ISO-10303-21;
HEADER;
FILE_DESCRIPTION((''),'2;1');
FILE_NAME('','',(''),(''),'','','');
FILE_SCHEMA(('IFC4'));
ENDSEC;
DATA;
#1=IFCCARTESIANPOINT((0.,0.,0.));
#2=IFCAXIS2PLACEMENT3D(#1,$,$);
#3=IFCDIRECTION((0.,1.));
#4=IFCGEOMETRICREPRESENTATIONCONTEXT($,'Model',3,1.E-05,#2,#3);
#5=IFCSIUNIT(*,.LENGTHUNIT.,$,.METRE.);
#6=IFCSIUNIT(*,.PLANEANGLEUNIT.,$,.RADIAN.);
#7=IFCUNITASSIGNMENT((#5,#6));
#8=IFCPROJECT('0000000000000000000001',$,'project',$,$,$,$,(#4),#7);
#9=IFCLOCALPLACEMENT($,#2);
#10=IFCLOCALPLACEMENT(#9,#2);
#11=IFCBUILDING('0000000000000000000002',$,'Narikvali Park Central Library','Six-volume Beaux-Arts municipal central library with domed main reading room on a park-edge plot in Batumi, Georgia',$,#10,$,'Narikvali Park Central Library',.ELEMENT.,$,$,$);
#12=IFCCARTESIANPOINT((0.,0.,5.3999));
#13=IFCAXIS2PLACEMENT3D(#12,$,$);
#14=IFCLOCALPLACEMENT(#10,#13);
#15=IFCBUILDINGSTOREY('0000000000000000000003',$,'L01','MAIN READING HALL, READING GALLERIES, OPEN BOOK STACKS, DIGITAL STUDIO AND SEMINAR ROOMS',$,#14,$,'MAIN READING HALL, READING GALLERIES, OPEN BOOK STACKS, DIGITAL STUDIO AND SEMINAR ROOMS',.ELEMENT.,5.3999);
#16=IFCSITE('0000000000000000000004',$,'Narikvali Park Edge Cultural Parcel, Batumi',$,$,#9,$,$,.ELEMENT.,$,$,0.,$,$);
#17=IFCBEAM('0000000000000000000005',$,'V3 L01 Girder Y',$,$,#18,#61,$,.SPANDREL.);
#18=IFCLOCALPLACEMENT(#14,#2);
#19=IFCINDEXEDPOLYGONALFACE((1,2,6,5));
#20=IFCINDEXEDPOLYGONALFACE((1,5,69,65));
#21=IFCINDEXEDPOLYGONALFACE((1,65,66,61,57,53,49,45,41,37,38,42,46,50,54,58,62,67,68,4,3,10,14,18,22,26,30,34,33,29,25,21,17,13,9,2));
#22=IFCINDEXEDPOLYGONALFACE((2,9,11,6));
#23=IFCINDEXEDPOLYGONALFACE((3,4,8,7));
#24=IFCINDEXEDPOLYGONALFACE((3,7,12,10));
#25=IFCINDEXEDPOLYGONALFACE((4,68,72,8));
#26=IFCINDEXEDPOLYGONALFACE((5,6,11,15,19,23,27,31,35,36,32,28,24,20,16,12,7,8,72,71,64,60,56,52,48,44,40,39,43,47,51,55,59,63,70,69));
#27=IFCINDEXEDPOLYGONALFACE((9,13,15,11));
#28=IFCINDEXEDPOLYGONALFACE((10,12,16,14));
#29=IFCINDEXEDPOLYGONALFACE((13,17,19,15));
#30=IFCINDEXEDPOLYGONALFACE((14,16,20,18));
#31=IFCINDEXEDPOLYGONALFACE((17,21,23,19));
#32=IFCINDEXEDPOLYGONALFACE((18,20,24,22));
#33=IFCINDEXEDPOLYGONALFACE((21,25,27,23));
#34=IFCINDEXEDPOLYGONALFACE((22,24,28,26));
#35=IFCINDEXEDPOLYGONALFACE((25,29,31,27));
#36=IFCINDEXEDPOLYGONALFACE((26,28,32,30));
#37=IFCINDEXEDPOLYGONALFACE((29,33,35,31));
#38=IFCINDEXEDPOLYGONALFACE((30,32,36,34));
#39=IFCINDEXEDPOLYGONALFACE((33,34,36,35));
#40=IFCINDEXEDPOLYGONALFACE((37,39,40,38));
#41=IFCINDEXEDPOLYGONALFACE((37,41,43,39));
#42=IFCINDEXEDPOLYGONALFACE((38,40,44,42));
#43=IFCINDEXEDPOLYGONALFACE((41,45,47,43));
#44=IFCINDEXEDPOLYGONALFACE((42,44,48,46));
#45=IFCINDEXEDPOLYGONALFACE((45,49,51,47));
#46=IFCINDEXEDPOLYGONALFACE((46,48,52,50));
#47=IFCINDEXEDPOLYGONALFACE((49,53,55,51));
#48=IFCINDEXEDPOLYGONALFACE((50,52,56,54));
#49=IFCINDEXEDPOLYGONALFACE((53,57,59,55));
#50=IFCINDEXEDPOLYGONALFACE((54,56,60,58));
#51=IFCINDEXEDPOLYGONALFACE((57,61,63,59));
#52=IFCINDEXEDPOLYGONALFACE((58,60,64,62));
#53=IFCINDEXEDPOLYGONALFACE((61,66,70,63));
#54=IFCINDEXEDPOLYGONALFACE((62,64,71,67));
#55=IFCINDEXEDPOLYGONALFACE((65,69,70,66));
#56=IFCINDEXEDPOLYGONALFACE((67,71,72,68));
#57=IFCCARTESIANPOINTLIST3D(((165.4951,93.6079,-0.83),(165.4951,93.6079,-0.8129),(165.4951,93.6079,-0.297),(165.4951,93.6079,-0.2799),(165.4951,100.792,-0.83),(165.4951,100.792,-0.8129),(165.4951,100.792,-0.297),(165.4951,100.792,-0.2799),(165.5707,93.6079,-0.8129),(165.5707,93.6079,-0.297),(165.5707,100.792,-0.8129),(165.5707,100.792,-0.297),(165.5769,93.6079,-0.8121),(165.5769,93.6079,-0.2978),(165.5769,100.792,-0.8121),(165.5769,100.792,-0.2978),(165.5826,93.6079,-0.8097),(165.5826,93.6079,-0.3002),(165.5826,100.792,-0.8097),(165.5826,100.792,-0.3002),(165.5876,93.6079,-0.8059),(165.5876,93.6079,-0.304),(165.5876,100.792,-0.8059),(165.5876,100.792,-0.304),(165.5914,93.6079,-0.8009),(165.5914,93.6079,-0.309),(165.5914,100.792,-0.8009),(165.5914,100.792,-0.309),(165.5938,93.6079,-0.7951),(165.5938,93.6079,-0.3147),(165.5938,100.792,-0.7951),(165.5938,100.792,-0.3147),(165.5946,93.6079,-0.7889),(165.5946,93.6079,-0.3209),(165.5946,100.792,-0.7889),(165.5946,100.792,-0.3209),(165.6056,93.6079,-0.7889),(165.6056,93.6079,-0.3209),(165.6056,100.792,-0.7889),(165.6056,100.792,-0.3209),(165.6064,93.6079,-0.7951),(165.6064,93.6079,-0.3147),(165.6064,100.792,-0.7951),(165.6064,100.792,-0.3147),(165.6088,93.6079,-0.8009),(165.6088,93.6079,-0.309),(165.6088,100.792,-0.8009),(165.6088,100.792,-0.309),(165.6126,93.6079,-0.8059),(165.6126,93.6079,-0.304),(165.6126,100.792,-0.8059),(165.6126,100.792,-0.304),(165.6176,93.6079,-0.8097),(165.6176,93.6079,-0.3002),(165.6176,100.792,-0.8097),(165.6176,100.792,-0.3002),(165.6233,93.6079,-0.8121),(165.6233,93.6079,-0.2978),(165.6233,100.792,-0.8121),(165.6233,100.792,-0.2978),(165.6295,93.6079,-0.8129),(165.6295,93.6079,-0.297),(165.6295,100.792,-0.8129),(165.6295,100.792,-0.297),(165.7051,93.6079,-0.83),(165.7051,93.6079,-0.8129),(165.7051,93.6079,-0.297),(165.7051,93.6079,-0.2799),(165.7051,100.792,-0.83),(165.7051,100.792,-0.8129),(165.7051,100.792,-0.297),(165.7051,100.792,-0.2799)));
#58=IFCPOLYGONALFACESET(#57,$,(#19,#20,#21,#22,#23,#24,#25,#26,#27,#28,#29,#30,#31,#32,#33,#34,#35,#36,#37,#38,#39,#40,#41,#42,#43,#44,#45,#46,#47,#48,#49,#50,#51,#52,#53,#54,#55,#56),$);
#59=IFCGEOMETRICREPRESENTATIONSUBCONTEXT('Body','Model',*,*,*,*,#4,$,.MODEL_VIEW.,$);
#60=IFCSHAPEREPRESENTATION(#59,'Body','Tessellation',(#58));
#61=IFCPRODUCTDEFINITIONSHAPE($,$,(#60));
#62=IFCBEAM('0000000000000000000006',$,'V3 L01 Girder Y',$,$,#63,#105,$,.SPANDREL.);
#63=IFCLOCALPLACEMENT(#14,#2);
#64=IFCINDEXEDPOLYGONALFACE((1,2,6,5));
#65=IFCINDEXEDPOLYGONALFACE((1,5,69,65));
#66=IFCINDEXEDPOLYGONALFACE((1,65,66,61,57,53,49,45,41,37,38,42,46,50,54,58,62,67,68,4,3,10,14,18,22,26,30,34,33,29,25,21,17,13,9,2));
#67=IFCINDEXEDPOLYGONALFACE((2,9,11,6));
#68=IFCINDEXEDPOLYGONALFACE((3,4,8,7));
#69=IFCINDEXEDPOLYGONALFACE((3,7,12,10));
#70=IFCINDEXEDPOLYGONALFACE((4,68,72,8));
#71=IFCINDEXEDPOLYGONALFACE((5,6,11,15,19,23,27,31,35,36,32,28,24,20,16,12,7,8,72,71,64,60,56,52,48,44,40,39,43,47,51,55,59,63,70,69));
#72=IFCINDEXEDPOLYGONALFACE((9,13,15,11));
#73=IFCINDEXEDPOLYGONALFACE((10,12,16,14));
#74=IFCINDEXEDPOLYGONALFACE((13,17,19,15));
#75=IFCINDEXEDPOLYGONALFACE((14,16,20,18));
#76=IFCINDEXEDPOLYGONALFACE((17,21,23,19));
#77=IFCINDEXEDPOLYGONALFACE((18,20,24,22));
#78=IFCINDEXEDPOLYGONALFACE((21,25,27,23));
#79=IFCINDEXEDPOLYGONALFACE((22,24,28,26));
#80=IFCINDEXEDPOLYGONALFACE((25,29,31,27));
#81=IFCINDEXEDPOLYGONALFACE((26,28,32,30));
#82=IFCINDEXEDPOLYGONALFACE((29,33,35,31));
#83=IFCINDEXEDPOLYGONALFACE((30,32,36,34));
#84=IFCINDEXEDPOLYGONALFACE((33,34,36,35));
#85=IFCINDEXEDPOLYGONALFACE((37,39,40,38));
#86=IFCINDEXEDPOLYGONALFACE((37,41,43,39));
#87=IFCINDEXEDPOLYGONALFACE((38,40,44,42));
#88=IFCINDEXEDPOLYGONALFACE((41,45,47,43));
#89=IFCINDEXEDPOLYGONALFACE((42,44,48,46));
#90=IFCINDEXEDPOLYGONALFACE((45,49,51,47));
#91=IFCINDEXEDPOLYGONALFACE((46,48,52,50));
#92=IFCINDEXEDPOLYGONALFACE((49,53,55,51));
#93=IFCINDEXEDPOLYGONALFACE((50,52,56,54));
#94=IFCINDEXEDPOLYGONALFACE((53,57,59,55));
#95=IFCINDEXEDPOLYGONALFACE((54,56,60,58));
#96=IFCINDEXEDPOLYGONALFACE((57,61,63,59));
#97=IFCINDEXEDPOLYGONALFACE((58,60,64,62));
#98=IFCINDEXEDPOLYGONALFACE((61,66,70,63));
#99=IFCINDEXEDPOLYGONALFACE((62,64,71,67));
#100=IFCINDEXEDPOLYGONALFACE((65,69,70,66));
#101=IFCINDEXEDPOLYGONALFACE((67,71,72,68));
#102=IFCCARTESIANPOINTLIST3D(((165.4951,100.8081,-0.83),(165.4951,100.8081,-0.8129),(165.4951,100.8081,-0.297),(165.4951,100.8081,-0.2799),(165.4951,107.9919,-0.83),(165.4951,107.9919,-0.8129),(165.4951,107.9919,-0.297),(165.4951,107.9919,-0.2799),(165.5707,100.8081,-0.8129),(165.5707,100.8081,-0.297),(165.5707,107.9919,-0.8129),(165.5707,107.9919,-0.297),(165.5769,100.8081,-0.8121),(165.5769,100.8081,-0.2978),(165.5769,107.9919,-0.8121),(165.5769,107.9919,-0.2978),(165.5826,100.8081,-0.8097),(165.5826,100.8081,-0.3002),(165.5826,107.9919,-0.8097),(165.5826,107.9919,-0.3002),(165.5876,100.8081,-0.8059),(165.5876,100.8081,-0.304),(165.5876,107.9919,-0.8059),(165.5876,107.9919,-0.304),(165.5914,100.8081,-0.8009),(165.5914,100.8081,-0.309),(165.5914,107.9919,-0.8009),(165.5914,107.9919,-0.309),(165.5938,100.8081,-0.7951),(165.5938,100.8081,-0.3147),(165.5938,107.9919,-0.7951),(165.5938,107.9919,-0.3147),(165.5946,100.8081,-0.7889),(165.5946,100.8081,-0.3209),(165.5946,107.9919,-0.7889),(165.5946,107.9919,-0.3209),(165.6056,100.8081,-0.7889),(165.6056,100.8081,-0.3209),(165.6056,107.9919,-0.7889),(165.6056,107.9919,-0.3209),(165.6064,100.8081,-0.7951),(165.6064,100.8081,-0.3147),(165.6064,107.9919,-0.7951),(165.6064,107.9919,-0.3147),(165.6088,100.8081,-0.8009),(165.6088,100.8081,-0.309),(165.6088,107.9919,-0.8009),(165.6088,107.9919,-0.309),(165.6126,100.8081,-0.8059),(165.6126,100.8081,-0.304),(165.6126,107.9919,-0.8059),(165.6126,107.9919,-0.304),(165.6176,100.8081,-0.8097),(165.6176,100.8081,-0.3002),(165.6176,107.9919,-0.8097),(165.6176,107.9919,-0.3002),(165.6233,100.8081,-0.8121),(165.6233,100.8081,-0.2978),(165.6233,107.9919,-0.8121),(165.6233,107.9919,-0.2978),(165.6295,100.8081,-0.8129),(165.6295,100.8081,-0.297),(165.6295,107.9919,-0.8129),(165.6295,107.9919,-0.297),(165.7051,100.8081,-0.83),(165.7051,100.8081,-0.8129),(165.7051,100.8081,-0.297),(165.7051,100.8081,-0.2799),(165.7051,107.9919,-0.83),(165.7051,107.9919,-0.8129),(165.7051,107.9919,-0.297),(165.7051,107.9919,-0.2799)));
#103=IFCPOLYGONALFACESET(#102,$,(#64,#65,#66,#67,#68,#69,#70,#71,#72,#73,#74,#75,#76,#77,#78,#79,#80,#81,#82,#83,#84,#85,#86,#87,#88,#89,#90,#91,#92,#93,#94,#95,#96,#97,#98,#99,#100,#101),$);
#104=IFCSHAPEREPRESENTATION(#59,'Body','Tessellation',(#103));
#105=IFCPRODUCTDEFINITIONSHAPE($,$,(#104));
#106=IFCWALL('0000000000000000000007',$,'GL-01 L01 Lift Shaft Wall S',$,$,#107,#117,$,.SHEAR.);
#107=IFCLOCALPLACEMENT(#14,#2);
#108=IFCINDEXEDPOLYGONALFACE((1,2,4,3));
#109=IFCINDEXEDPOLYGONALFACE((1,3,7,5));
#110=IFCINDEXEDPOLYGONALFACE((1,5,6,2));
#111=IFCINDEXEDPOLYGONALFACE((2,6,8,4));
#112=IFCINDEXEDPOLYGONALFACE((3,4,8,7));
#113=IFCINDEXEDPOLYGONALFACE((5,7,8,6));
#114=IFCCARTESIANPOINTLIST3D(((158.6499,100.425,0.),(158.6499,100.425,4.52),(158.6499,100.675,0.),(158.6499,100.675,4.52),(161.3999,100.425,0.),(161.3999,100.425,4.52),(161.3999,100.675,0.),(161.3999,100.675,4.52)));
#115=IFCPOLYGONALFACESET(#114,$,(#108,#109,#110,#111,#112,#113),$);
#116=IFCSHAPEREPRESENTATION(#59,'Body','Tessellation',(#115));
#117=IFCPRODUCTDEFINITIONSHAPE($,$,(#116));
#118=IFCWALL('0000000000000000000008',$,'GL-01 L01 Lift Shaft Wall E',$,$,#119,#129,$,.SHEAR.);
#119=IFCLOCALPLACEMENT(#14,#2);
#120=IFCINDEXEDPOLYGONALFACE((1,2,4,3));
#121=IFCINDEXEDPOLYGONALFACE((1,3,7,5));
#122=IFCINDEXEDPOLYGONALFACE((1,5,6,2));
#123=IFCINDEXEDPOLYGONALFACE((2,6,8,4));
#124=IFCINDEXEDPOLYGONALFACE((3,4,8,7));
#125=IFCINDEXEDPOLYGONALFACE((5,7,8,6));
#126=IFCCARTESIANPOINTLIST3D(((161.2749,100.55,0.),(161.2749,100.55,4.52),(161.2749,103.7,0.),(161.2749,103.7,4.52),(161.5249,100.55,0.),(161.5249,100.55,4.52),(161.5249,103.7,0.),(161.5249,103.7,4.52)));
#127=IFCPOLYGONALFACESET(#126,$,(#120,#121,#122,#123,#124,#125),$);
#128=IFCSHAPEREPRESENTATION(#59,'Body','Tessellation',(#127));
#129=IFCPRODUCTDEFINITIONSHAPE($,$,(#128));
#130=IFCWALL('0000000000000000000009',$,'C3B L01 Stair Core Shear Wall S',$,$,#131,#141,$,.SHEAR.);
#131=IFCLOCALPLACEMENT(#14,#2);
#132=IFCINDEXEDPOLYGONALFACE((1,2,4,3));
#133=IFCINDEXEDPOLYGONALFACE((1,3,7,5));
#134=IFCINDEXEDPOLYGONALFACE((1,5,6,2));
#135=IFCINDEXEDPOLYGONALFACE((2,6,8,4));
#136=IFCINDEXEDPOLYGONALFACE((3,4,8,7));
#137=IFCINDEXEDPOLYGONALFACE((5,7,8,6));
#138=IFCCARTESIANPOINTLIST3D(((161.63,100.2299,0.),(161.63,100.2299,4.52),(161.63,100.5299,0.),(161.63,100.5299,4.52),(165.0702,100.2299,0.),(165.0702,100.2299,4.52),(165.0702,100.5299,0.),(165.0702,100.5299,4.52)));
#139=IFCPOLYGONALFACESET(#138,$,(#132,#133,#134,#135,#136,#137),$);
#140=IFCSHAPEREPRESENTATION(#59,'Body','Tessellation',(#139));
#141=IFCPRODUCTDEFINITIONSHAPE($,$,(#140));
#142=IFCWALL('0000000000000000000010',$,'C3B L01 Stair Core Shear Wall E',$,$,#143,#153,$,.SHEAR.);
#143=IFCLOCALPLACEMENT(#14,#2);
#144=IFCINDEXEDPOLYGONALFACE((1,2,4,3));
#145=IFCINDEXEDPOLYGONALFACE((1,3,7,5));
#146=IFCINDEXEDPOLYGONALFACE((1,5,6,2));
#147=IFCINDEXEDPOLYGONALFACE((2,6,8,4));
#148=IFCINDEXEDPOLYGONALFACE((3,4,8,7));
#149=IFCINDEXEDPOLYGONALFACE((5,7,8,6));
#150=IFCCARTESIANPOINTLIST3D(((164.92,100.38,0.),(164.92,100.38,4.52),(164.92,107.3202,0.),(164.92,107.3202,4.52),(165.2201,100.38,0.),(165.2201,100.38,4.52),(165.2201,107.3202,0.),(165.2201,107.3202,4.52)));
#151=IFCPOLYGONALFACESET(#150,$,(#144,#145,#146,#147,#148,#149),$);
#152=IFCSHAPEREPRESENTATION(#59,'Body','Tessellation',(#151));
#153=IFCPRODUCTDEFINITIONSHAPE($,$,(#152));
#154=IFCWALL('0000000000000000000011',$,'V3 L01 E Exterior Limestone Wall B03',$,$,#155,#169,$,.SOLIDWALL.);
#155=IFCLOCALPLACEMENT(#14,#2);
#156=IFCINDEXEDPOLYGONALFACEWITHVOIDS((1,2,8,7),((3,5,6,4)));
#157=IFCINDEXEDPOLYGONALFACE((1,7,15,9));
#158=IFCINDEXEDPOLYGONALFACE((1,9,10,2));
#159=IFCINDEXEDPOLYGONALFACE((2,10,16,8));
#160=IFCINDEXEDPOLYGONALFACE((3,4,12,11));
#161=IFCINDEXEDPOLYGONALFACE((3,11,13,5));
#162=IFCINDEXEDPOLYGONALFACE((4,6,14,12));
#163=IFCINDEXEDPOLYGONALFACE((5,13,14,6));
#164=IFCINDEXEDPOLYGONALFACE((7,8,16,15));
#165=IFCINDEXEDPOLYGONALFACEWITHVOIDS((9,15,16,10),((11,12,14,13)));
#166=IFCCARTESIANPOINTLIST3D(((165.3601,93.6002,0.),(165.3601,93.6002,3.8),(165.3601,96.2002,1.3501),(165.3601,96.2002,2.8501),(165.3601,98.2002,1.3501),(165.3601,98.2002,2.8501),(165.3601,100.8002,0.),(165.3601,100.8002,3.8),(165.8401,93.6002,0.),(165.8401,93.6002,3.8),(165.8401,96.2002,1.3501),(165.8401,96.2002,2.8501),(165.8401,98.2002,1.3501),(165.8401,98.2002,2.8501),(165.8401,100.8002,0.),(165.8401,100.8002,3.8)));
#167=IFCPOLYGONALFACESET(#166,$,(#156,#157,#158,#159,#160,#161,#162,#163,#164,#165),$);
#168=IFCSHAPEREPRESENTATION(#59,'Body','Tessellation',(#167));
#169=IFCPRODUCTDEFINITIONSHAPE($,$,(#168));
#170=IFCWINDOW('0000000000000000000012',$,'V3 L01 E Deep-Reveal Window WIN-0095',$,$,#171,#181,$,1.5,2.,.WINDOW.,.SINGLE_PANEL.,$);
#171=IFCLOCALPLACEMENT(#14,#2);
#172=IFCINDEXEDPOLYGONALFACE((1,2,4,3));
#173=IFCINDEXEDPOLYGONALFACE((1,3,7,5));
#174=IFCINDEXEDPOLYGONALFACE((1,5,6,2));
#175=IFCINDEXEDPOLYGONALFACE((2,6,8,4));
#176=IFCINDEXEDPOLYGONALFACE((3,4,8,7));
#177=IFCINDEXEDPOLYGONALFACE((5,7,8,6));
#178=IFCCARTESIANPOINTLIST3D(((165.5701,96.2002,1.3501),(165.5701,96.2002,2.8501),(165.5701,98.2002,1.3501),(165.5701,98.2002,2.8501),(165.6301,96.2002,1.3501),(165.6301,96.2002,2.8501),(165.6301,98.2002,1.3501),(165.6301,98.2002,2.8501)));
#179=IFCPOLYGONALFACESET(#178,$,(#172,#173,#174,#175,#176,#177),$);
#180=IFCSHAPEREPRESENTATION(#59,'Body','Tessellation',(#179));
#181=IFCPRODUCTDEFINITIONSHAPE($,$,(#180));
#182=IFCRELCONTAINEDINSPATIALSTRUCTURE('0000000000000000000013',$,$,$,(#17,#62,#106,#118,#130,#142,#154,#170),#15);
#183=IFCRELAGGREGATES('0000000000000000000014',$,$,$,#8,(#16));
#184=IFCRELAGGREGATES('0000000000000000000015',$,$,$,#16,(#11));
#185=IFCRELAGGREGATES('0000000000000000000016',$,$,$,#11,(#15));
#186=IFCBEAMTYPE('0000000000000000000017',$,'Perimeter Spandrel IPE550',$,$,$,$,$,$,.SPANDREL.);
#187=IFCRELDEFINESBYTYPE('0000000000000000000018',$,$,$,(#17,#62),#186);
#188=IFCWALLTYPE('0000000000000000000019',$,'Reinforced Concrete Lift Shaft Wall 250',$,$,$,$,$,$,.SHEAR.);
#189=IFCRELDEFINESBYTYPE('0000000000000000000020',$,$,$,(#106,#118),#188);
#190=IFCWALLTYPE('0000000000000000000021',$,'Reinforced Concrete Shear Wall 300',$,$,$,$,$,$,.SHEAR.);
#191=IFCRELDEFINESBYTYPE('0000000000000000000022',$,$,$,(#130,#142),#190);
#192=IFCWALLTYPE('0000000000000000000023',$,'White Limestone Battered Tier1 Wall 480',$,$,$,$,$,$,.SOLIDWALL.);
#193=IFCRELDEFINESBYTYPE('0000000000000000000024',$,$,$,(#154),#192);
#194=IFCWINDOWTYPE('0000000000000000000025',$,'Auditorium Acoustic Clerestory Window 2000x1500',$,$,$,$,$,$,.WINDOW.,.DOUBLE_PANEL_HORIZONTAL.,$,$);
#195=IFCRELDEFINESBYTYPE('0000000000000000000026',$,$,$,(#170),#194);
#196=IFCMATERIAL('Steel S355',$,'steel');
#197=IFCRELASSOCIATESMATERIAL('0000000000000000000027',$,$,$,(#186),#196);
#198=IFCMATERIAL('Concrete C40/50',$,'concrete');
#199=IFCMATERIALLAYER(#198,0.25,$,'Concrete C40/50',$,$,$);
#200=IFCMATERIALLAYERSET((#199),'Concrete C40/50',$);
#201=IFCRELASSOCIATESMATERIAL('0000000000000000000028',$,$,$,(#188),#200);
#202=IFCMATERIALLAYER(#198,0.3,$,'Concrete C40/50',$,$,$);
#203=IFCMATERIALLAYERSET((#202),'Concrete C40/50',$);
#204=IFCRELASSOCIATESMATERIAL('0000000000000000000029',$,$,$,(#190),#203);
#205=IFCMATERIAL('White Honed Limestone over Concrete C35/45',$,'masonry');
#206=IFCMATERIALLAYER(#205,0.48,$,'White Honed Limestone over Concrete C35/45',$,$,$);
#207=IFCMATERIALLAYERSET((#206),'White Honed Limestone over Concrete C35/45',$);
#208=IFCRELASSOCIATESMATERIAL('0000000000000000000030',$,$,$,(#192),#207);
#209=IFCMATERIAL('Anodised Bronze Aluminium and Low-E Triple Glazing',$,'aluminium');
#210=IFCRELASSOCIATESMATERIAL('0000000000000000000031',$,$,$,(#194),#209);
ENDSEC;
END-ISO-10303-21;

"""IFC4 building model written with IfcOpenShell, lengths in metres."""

from ifc_helpers import new_model, si_unit, direction, frame, frame_2d, origin, origin_2d, place, context, subcontext, project, spatial, rectangle, i_section, extrude, material, layer, layer_set, material_profile, profile_set, type_object, element, fill, save


model = new_model("IFC4")

# Units and contexts
model_context = context("Model", 3, precision=1e-05, world=origin(), true_north=direction((0.0, 1.0)))
body_context = subcontext(model_context, "Body", "Model", "MODEL_VIEW")
ifc_project = project(units=[si_unit("LENGTHUNIT", "METRE"), si_unit("PLANEANGLEUNIT", "RADIAN")], contexts=[model_context])

# Site, building, storey
site_placement = place(None, origin())
site = spatial("IfcSite", under=ifc_project, at=site_placement, Name="Narikvali Park Edge Cultural Parcel, Batumi", CompositionType="ELEMENT", RefElevation=0.0)
building_placement = place(site_placement, origin())
building = spatial("IfcBuilding", under=site, at=building_placement, Name="Narikvali Park Central Library", Description="Six-volume Beaux-Arts municipal central library with domed main reading room on a park-edge plot in Batumi, Georgia", LongName="Narikvali Park Central Library", CompositionType="ELEMENT")
storey_placement = place(building_placement, frame((0.0, 0.0, 5.3999)))
storey = spatial("IfcBuildingStorey", under=building, at=storey_placement, Name="L01", Description="MAIN READING HALL, READING GALLERIES, OPEN BOOK STACKS, DIGITAL STUDIO AND SEMINAR ROOMS", LongName="MAIN READING HALL, READING GALLERIES, OPEN BOOK STACKS, DIGITAL STUDIO AND SEMINAR ROOMS", CompositionType="ELEMENT", Elevation=5.3999)

# Shared definitions
ifc_material_1 = material(Name="Steel S355", Category="steel")

# Beams
ifc_material_profile_1 = material_profile(ifc_material_1, i_section(OverallWidth=0.21, OverallDepth=0.55, WebThickness=0.011, FlangeThickness=0.0171, FilletRadius=0.0239, at=origin_2d()), Name="IPE 550")
ifc_profile_set_1 = profile_set([ifc_material_profile_1], Name="Steel S355")
beam_type_1 = type_object("IfcBeamType", Name="Perimeter Spandrel IPE550", PredefinedType="SPANDREL", material=ifc_profile_set_1)
beam_1_placement = place(storey_placement, frame((165.6001, 93.6079, -0.5549), z_axis=(0.0, 1.0, 0.0), x_axis=(-1.0, 0.0, 0.0)))
element("IfcBeam", 1, at=beam_1_placement, inside=storey, type_object=beam_type_1, Name="V3 L01 Girder Y", PredefinedType="SPANDREL", context=body_context, shape_type="SweptSolid", body=[
    extrude(i_section(OverallWidth=0.21, OverallDepth=0.55, WebThickness=0.011, FlangeThickness=0.0171, FilletRadius=0.0239, at=origin_2d()), origin(), (0.0, 0.0, 1.0), 7.1841),
])
beam_2_placement = place(storey_placement, frame((165.6001, 100.8081, -0.5549), z_axis=(0.0, 1.0, 0.0), x_axis=(-1.0, 0.0, 0.0)))
element("IfcBeam", 2, at=beam_2_placement, inside=storey, type_object=beam_type_1, Name="V3 L01 Girder Y", PredefinedType="SPANDREL", context=body_context, shape_type="SweptSolid", body=[
    extrude(i_section(OverallWidth=0.21, OverallDepth=0.55, WebThickness=0.011, FlangeThickness=0.0171, FilletRadius=0.0239, at=origin_2d()), origin(), (0.0, 0.0, 1.0), 7.1838),
])

# Walls
ifc_material_2 = material(Name="Concrete C40/50", Category="concrete")
ifc_layer_1 = layer(ifc_material_2, 0.25, Name="Concrete C40/50")
ifc_layer_set_1 = layer_set([ifc_layer_1], Name="Concrete C40/50")
wall_type_1 = type_object("IfcWallType", Name="Reinforced Concrete Lift Shaft Wall 250", PredefinedType="SHEAR", material=ifc_layer_set_1)
wall_1_placement = place(storey_placement, frame((158.6499, 100.55, 0.0), z_axis=(0.0, 0.0, 1.0), x_axis=(1.0, 0.0, 0.0)))
element("IfcWall", 3, at=wall_1_placement, inside=storey, type_object=wall_type_1, Name="GL-01 L01 Lift Shaft Wall S", PredefinedType="SHEAR", context=body_context, shape_type="SweptSolid", body=[
    extrude(rectangle(XDim=2.75, YDim=0.25, at=frame_2d((1.375, 0.0))), origin(), (0.0, 0.0, 1.0), 4.52),
])
wall_2_placement = place(storey_placement, frame((161.3999, 100.55, 0.0), z_axis=(0.0, 0.0, 1.0), x_axis=(0.0, 1.0, 0.0)))
element("IfcWall", 4, at=wall_2_placement, inside=storey, type_object=wall_type_1, Name="GL-01 L01 Lift Shaft Wall E", PredefinedType="SHEAR", context=body_context, shape_type="SweptSolid", body=[
    extrude(rectangle(XDim=3.1499, YDim=0.25, at=frame_2d((1.575, 0.0))), origin(), (0.0, 0.0, 1.0), 4.52),
])
ifc_layer_2 = layer(ifc_material_2, 0.3, Name="Concrete C40/50")
ifc_layer_set_2 = layer_set([ifc_layer_2], Name="Concrete C40/50")
wall_type_2 = type_object("IfcWallType", Name="Reinforced Concrete Shear Wall 300", PredefinedType="SHEAR", material=ifc_layer_set_2)
wall_3_placement = place(storey_placement, frame((161.6299, 100.3799, 0.0), z_axis=(0.0, 0.0, 1.0), x_axis=(1.0, 0.0, 0.0)))
element("IfcWall", 5, at=wall_3_placement, inside=storey, type_object=wall_type_2, Name="C3B L01 Stair Core Shear Wall S", PredefinedType="SHEAR", context=body_context, shape_type="SweptSolid", body=[
    extrude(rectangle(XDim=3.4402, YDim=0.3, at=frame_2d((1.7202, 0.0))), origin(), (0.0, 0.0, 1.0), 4.52),
])
wall_4_placement = place(storey_placement, frame((165.0701, 100.3799, 0.0), z_axis=(0.0, 0.0, 1.0), x_axis=(0.0, 1.0, 0.0)))
element("IfcWall", 6, at=wall_4_placement, inside=storey, type_object=wall_type_2, Name="C3B L01 Stair Core Shear Wall E", PredefinedType="SHEAR", context=body_context, shape_type="SweptSolid", body=[
    extrude(rectangle(XDim=6.9402, YDim=0.3, at=frame_2d((3.4702, 0.0))), origin(), (0.0, 0.0, 1.0), 4.52),
])

# Wall, opening, window
ifc_material_3 = material(Name="White Honed Limestone over Concrete C35/45", Category="masonry")
ifc_layer_3 = layer(ifc_material_3, 0.48, Name="White Honed Limestone over Concrete C35/45")
ifc_layer_set_3 = layer_set([ifc_layer_3], Name="White Honed Limestone over Concrete C35/45")
wall_type_3 = type_object("IfcWallType", Name="White Limestone Battered Tier1 Wall 480", PredefinedType="SOLIDWALL", material=ifc_layer_set_3)
wall_5_placement = place(storey_placement, frame((165.6001, 93.6001, 0.0), z_axis=(0.0, 0.0, 1.0), x_axis=(0.0, 1.0, 0.0)))
wall_5 = element("IfcWall", 7, at=wall_5_placement, inside=storey, type_object=wall_type_3, Name="V3 L01 E Exterior Limestone Wall B03", PredefinedType="SOLIDWALL", context=body_context, shape_type="SweptSolid", body=[
    extrude(rectangle(XDim=7.2, YDim=0.48, at=frame_2d((3.6001, 0.0))), origin(), (0.0, 0.0, 1.0), 3.8),
])
opening_1_placement = place(wall_5_placement, frame((2.6001, 0.0, 1.3501)))
opening_1 = element("IfcOpeningElement", 8, at=opening_1_placement, cuts=wall_5, PredefinedType="OPENING", context=body_context, shape_type="SweptSolid", body=[
    extrude(rectangle(XDim=2.0, YDim=1.5, at=frame_2d((1.0, 0.75))), frame((0.0, 0.252, 0.0), z_axis=(0.0, -1.0, 0.0), x_axis=(1.0, 0.0, 0.0)), (0.0, 0.0, 1.0), 0.5039),
])
ifc_material_4 = material(Name="Anodised Bronze Aluminium and Low-E Triple Glazing", Category="aluminium")
window_type = type_object("IfcWindowType", Name="Auditorium Acoustic Clerestory Window 2000x1500", PartitioningType="DOUBLE_PANEL_HORIZONTAL", PredefinedType="WINDOW", material=ifc_material_4)
window_1_placement = place(opening_1_placement, origin())
window_1 = element("IfcWindow", 9, at=window_1_placement, inside=storey, type_object=window_type, Name="V3 L01 E Deep-Reveal Window WIN-0095", OverallHeight=1.5, OverallWidth=2.0, PartitioningType="SINGLE_PANEL", PredefinedType="WINDOW", context=body_context, shape_type="SweptSolid", body=[
    extrude(rectangle(XDim=2.0, YDim=1.5, at=frame_2d((1.0, 0.75))), frame((0.0, 0.03, 0.0), z_axis=(0.0, -1.0, 0.0), x_axis=(1.0, 0.0, 0.0)), (0.0, 0.0, 1.0), 0.0601),
])
fill(opening_1, window_1)

save(model, "model.ifc")
